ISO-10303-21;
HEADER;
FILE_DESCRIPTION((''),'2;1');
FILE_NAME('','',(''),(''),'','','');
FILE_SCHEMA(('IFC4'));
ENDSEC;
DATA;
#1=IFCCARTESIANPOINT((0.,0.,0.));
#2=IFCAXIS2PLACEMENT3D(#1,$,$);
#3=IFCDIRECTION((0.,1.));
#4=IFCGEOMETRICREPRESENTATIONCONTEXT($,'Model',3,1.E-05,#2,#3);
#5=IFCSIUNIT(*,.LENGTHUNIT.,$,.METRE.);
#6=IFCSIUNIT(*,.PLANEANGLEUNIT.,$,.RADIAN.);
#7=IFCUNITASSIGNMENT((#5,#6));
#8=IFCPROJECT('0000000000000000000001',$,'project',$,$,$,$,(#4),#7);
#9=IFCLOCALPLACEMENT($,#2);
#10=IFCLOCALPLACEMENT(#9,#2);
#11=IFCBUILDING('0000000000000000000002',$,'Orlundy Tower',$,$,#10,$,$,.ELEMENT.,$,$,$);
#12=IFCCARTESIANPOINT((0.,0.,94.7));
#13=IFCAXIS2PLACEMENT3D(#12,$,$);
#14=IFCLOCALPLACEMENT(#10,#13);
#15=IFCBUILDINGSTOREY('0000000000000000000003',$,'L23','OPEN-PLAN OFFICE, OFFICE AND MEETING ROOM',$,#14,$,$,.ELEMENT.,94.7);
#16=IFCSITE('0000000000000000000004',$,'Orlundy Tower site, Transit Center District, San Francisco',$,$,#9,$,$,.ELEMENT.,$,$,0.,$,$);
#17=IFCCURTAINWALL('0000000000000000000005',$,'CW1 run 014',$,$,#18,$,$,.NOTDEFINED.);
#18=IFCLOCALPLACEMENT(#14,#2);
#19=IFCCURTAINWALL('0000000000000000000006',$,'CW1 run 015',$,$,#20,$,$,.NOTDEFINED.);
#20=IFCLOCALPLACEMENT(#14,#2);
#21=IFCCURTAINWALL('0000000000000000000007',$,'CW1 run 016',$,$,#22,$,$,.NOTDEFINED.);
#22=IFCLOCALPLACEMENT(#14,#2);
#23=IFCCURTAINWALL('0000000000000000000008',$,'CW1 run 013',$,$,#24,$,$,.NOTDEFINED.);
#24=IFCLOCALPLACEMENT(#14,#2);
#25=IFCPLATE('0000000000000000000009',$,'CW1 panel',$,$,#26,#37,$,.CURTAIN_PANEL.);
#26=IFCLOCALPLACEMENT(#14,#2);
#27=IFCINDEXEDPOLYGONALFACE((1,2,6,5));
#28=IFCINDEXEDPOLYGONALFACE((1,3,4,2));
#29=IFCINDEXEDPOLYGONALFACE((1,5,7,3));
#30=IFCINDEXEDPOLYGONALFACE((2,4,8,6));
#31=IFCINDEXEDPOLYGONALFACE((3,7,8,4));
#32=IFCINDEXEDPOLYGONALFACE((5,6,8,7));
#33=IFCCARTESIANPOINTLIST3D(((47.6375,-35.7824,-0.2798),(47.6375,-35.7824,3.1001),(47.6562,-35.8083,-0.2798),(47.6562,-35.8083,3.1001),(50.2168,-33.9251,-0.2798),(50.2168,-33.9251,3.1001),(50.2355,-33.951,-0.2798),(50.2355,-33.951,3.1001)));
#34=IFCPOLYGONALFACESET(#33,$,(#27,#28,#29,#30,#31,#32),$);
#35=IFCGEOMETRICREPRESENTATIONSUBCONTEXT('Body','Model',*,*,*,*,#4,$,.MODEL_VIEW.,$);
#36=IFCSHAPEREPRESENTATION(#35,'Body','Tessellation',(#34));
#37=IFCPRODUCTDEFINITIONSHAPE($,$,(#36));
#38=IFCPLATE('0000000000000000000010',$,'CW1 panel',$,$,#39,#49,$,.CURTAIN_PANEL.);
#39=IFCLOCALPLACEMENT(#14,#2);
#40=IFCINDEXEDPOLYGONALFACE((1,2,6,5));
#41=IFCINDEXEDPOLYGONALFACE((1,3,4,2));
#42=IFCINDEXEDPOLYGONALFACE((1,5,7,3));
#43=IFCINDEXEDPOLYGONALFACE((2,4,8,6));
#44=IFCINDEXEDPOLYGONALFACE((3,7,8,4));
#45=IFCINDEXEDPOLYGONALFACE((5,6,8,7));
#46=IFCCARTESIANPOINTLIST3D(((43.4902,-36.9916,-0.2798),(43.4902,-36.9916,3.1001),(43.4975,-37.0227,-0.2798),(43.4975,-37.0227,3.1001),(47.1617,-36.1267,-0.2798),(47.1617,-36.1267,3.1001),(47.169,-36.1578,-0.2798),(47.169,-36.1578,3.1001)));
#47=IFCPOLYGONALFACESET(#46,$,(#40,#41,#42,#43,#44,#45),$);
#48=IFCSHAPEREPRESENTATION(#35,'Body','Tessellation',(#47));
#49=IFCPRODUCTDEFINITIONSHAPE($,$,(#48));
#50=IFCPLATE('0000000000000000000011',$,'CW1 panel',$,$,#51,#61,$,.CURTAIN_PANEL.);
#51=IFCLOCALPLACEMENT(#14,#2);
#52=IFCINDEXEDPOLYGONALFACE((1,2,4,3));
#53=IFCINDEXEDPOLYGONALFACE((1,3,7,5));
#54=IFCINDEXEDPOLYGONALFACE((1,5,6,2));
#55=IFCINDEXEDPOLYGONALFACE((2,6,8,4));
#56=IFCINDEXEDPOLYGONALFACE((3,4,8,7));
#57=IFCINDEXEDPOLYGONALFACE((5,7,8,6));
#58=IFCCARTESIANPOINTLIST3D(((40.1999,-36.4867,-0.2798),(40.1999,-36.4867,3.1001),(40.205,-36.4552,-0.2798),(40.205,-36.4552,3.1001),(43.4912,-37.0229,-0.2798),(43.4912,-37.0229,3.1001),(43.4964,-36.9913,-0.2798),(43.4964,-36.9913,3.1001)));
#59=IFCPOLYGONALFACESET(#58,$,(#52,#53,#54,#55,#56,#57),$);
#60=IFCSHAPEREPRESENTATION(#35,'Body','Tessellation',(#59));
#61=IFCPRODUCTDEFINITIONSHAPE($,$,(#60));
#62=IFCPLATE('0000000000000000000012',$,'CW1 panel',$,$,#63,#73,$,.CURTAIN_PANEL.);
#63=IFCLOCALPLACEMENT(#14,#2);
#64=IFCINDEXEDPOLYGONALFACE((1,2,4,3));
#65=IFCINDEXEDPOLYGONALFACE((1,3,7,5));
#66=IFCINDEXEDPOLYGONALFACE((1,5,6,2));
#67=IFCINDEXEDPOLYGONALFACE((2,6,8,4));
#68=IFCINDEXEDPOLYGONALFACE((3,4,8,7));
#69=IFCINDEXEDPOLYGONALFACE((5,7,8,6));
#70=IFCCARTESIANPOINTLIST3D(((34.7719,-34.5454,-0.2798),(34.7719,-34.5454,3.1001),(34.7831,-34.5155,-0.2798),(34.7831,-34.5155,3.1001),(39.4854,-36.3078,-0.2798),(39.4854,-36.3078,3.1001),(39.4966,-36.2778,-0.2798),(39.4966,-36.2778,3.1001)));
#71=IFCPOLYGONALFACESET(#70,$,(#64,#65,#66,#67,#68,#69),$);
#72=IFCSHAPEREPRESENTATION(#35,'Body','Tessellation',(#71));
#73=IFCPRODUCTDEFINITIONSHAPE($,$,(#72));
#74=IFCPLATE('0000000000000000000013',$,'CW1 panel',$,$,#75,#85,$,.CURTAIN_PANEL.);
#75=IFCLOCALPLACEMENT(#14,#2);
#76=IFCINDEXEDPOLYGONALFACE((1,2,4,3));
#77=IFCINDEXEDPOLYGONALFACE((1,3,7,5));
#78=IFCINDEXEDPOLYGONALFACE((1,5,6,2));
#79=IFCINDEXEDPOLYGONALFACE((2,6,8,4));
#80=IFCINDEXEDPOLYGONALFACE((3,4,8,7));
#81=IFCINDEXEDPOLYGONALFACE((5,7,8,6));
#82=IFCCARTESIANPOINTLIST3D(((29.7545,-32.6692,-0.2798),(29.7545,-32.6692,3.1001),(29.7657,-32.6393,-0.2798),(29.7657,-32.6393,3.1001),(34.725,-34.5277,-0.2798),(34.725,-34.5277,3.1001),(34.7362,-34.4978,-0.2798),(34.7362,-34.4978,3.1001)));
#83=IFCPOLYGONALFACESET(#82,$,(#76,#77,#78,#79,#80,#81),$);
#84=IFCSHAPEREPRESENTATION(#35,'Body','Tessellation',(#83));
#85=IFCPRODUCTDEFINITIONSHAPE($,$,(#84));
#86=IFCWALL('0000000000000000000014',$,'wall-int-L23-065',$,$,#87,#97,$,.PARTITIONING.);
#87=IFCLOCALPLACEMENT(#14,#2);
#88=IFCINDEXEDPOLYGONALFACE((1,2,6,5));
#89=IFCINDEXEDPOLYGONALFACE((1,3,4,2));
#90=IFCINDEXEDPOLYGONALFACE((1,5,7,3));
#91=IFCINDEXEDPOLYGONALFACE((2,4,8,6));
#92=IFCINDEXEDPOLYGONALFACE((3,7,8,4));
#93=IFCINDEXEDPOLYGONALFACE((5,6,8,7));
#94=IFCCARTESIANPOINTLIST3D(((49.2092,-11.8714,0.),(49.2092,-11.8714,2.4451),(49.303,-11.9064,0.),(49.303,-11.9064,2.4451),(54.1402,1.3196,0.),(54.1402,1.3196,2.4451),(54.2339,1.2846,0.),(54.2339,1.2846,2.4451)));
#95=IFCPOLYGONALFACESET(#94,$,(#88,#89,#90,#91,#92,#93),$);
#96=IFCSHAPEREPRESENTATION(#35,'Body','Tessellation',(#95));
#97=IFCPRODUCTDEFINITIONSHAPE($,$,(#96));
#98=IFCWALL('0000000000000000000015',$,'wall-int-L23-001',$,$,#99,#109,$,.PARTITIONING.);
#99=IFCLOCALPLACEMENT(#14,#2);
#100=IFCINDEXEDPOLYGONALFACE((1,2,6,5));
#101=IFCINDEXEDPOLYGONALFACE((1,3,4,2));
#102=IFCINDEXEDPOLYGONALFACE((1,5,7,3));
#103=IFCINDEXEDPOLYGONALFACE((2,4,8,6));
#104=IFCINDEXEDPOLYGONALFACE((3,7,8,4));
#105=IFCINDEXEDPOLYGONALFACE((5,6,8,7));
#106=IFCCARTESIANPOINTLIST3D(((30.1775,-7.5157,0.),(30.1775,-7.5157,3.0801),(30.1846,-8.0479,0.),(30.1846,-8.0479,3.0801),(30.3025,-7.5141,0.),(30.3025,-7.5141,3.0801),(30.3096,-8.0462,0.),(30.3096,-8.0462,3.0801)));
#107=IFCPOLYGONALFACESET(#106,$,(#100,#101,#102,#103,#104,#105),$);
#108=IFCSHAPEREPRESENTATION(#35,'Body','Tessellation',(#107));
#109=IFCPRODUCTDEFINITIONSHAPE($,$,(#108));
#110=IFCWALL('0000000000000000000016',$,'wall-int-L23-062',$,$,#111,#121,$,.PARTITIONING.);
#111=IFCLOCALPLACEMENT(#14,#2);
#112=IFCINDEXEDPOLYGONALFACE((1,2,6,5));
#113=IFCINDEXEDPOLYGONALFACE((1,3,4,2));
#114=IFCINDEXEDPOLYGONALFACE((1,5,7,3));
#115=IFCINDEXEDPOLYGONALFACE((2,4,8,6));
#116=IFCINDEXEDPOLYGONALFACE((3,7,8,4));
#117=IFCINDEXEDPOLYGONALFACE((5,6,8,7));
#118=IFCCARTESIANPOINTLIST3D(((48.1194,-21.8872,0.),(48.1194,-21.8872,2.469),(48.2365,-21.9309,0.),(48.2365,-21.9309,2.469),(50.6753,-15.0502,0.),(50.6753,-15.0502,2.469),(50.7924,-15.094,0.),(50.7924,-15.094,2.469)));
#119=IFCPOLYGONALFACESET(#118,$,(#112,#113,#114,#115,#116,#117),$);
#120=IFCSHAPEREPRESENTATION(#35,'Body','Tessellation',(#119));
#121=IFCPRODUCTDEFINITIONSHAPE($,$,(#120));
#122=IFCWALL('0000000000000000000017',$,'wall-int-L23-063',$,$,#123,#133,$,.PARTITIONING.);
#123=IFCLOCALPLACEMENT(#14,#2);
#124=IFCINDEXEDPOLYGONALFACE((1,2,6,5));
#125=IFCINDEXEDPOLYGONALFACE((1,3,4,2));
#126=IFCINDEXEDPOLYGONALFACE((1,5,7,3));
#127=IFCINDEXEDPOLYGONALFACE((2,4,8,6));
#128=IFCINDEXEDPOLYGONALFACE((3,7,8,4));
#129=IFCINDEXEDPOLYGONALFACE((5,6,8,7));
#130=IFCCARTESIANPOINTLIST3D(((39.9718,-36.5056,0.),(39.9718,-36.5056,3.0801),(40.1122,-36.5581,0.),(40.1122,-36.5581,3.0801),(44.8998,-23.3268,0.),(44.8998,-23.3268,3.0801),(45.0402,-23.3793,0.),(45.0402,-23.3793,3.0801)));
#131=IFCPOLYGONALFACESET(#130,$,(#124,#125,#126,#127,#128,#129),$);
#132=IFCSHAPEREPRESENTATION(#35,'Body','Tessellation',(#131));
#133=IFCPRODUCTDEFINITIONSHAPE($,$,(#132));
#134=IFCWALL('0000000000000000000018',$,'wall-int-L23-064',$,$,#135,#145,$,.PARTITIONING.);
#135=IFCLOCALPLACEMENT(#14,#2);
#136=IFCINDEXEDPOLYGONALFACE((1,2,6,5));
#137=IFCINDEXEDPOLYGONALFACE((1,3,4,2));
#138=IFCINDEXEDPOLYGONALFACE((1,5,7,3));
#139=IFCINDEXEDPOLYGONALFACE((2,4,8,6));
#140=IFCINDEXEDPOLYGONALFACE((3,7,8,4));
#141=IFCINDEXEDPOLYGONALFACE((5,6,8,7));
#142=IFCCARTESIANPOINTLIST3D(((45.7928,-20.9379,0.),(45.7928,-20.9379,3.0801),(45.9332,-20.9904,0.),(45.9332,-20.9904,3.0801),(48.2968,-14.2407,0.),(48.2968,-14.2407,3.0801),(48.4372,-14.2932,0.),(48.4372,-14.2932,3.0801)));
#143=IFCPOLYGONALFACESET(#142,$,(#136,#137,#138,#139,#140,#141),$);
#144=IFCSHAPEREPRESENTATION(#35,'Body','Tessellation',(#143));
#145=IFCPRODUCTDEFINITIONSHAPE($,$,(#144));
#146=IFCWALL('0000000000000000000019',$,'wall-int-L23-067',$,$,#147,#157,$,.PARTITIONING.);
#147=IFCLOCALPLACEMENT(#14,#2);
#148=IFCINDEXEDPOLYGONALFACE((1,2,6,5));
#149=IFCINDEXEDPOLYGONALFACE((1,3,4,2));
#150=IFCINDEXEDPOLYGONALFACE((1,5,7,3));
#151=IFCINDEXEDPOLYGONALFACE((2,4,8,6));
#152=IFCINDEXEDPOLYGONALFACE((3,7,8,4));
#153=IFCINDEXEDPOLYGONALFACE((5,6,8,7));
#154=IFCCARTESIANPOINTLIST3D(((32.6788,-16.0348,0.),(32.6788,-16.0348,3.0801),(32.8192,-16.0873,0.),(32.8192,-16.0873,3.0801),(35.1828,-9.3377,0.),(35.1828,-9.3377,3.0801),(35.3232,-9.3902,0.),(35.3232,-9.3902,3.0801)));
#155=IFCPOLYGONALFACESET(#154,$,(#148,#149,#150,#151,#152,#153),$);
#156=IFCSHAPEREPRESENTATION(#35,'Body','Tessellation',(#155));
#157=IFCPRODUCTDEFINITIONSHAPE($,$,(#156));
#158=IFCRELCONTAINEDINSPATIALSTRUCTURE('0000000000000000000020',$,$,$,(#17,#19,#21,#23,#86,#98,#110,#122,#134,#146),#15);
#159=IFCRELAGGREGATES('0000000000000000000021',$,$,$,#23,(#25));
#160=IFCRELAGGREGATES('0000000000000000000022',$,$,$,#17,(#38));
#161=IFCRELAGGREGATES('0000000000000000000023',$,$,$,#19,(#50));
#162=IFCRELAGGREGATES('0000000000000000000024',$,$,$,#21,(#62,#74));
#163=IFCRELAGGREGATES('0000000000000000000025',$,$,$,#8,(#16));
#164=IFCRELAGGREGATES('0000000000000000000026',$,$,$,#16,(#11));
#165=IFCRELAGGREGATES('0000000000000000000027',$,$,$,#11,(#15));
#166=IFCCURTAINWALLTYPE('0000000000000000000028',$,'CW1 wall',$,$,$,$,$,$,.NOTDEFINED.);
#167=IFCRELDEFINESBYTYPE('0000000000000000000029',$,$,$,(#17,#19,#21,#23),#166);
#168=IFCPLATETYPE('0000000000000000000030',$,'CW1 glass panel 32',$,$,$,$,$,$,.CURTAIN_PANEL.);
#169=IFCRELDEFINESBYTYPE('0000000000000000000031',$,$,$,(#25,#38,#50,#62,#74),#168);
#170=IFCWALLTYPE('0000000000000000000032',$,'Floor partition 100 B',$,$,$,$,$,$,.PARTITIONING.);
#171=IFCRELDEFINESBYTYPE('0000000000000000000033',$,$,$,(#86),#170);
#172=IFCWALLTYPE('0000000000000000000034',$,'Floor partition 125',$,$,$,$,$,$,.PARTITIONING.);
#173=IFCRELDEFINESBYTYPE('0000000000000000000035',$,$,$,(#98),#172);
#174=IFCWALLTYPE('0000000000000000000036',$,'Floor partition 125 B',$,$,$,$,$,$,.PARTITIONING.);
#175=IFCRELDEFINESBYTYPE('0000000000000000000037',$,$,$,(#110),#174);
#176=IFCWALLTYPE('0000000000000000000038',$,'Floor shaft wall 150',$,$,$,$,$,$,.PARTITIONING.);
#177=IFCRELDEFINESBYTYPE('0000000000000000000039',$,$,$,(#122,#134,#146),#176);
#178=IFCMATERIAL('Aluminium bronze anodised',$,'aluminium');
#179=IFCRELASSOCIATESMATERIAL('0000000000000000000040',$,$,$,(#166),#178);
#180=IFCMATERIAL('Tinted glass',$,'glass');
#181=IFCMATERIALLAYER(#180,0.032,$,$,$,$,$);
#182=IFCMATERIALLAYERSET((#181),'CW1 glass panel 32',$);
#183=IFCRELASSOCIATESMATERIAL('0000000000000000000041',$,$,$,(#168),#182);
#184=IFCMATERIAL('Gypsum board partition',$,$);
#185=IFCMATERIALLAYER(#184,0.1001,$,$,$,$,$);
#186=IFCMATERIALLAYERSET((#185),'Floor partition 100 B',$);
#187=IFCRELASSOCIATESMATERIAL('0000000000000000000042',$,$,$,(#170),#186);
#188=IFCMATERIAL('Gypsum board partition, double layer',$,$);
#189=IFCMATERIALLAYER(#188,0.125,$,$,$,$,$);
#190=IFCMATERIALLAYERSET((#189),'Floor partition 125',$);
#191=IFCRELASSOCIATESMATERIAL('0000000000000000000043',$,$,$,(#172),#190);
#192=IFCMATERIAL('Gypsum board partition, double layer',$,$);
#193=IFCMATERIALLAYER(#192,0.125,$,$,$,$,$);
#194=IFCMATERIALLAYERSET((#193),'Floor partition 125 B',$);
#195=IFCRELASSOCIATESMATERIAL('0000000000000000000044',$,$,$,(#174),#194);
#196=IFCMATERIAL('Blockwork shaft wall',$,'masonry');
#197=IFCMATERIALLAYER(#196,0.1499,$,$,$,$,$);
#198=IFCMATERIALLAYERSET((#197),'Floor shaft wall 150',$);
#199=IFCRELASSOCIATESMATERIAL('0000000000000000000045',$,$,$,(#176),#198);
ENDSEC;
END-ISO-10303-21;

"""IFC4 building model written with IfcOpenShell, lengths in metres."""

from ifc_helpers import new_model, si_unit, direction, frame, frame_2d, origin, origin_2d, place, context, subcontext, project, spatial, rectangle, extrude, material, layer, layer_set, type_object, element, aggregate, save


model = new_model("IFC4")

# Units and contexts
model_context = context("Model", 3, precision=1e-05, world=origin(), true_north=direction((0.0, 1.0)))
body_context = subcontext(model_context, "Body", "Model", "MODEL_VIEW")
ifc_project = project(units=[si_unit("LENGTHUNIT", "METRE"), si_unit("PLANEANGLEUNIT", "RADIAN")], contexts=[model_context])

# Site, building, storey
site_placement = place(None, origin())
site = spatial("IfcSite", under=ifc_project, at=site_placement, Name="Orlundy Tower site, Transit Center District, San Francisco", CompositionType="ELEMENT", RefElevation=0.0)
building_placement = place(site_placement, origin())
building = spatial("IfcBuilding", under=site, at=building_placement, Name="Orlundy Tower", CompositionType="ELEMENT")
storey_placement = place(building_placement, frame((0.0, 0.0, 94.7)))
storey = spatial("IfcBuildingStorey", under=building, at=storey_placement, Name="L23", Description="OPEN-PLAN OFFICE, OFFICE AND MEETING ROOM", CompositionType="ELEMENT", Elevation=94.7)

# Curtain walls
ifc_material_1 = material(Name="Aluminium bronze anodised", Category="aluminium")
curtain_wall_type = type_object("IfcCurtainWallType", Name="CW1 wall", PredefinedType="NOTDEFINED", material=ifc_material_1)
curtain_wall_1_placement = place(storey_placement, origin())
curtain_wall_1 = element("IfcCurtainWall", 1, at=curtain_wall_1_placement, inside=storey, type_object=curtain_wall_type, Name="CW1 run 014", PredefinedType="NOTDEFINED")
curtain_wall_2_placement = place(storey_placement, origin())
curtain_wall_2 = element("IfcCurtainWall", 2, at=curtain_wall_2_placement, inside=storey, type_object=curtain_wall_type, Name="CW1 run 015", PredefinedType="NOTDEFINED")
curtain_wall_3_placement = place(storey_placement, origin())
curtain_wall_3 = element("IfcCurtainWall", 3, at=curtain_wall_3_placement, inside=storey, type_object=curtain_wall_type, Name="CW1 run 016", PredefinedType="NOTDEFINED")

# Curtain wall, plate
curtain_wall_4_placement = place(storey_placement, origin())
curtain_wall_4 = element("IfcCurtainWall", 4, at=curtain_wall_4_placement, inside=storey, type_object=curtain_wall_type, Name="CW1 run 013", PredefinedType="NOTDEFINED")
ifc_material_2 = material(Name="Tinted glass", Category="glass")
ifc_layer_1 = layer(ifc_material_2, 0.032)
ifc_layer_set_1 = layer_set([ifc_layer_1], Name="CW1 glass panel 32")
plate_type = type_object("IfcPlateType", Name="CW1 glass panel 32", PredefinedType="CURTAIN_PANEL", material=ifc_layer_set_1)
plate_1_placement = place(storey_placement, frame((48.9365, -34.8667, -0.2798), z_axis=(0.0, 0.0, 1.0), x_axis=(-0.811504, -0.584347, 0.0)))
plate_1 = element("IfcPlate", 5, at=plate_1_placement, type_object=plate_type, Name="CW1 panel", PredefinedType="CURTAIN_PANEL", context=body_context, shape_type="SweptSolid", body=[
    extrude(rectangle(XDim=3.1785, YDim=0.032, at=origin_2d()), origin(), (0.0, 0.0, 1.0), 3.3799),
])
aggregate(curtain_wall_4, [plate_1])

# Plates
plate_2_placement = place(storey_placement, frame((45.3296, -36.5747, -0.2798), z_axis=(0.0, 0.0, 1.0), x_axis=(-0.973353, -0.22931, 0.0)))
plate_2 = element("IfcPlate", 6, at=plate_2_placement, type_object=plate_type, Name="CW1 panel", PredefinedType="CURTAIN_PANEL", context=body_context, shape_type="SweptSolid", body=[
    extrude(rectangle(XDim=3.772, YDim=0.032, at=origin_2d()), origin(), (0.0, 0.0, 1.0), 3.3799),
])
aggregate(curtain_wall_1, [plate_2])
plate_3_placement = place(storey_placement, frame((41.8481, -36.739, -0.2798), z_axis=(0.0, 0.0, 1.0), x_axis=(-0.986992, 0.160767, 0.0)))
plate_3 = element("IfcPlate", 7, at=plate_3_placement, type_object=plate_type, Name="CW1 panel", PredefinedType="CURTAIN_PANEL", context=body_context, shape_type="SweptSolid", body=[
    extrude(rectangle(XDim=3.3347, YDim=0.032, at=origin_2d()), origin(), (0.0, 0.0, 1.0), 3.3799),
])
aggregate(curtain_wall_2, [plate_3])
plate_4_placement = place(storey_placement, frame((37.1343, -35.4116, -0.2798), z_axis=(0.0, 0.0, 1.0), x_axis=(-0.936668, 0.350219, 0.0)))
plate_4 = element("IfcPlate", 8, at=plate_4_placement, type_object=plate_type, Name="CW1 panel", PredefinedType="CURTAIN_PANEL", context=body_context, shape_type="SweptSolid", body=[
    extrude(rectangle(XDim=5.0322, YDim=0.032, at=origin_2d()), origin(), (0.0, 0.0, 1.0), 3.3799),
])
plate_5_placement = place(storey_placement, frame((32.2454, -33.5835, -0.2798), z_axis=(0.0, 0.0, 1.0), x_axis=(-0.936668, 0.350219, 0.0)))
plate_5 = element("IfcPlate", 9, at=plate_5_placement, type_object=plate_type, Name="CW1 panel", PredefinedType="CURTAIN_PANEL", context=body_context, shape_type="SweptSolid", body=[
    extrude(rectangle(XDim=5.3066, YDim=0.032, at=origin_2d()), origin(), (0.0, 0.0, 1.0), 3.3799),
])
aggregate(curtain_wall_3, [plate_4, plate_5])

# Walls
ifc_material_3 = material(Name="Gypsum board partition")
ifc_layer_2 = layer(ifc_material_3, 0.1001)
ifc_layer_set_2 = layer_set([ifc_layer_2], Name="Floor partition 100 B")
wall_type_1 = type_object("IfcWallType", Name="Floor partition 100 B", PredefinedType="PARTITIONING", material=ifc_layer_set_2)
wall_1_placement = place(storey_placement, frame((49.2561, -11.8889, 0.0), z_axis=(0.0, 0.0, 1.0), x_axis=(0.350147, 0.936695, 0.0)))
element("IfcWall", 10, at=wall_1_placement, inside=storey, type_object=wall_type_1, Name="wall-int-L23-065", PredefinedType="PARTITIONING", context=body_context, shape_type="SweptSolid", body=[
    extrude(rectangle(XDim=14.0825, YDim=0.1001, at=frame_2d((7.0413, 0.0))), origin(), (0.0, 0.0, 1.0), 2.4451),
])
ifc_material_4 = material(Name="Gypsum board partition, double layer")
ifc_layer_3 = layer(ifc_material_4, 0.125)
ifc_layer_set_3 = layer_set([ifc_layer_3], Name="Floor partition 125")
wall_type_2 = type_object("IfcWallType", Name="Floor partition 125", PredefinedType="PARTITIONING", material=ifc_layer_set_3)
wall_2_placement = place(storey_placement, frame((30.24, -7.5149, 0.0), z_axis=(0.0, 0.0, 1.0), x_axis=(0.013302, -0.999912, 0.0)))
element("IfcWall", 11, at=wall_2_placement, inside=storey, type_object=wall_type_2, Name="wall-int-L23-001", PredefinedType="PARTITIONING", context=body_context, shape_type="SweptSolid", body=[
    extrude(rectangle(XDim=0.5322, YDim=0.125, at=frame_2d((0.2661, 0.0))), origin(), (0.0, 0.0, 1.0), 3.0801),
])
ifc_material_5 = material(Name="Gypsum board partition, double layer")
ifc_layer_4 = layer(ifc_material_5, 0.125)
ifc_layer_set_4 = layer_set([ifc_layer_4], Name="Floor partition 125 B")
wall_type_3 = type_object("IfcWallType", Name="Floor partition 125 B", PredefinedType="PARTITIONING", material=ifc_layer_set_4)
wall_3_placement = place(storey_placement, frame((48.178, -21.9089, 0.0), z_axis=(0.0, 0.0, 1.0), x_axis=(0.35017, 0.936686, 0.0)))
element("IfcWall", 12, at=wall_3_placement, inside=storey, type_object=wall_type_3, Name="wall-int-L23-062", PredefinedType="PARTITIONING", context=body_context, shape_type="SweptSolid", body=[
    extrude(rectangle(XDim=7.2991, YDim=0.125, at=frame_2d((3.6494, 0.0))), origin(), (0.0, 0.0, 1.0), 2.469),
])
ifc_material_6 = material(Name="Blockwork shaft wall", Category="masonry")
ifc_layer_5 = layer(ifc_material_6, 0.1499)
ifc_layer_set_5 = layer_set([ifc_layer_5], Name="Floor shaft wall 150")
wall_type_4 = type_object("IfcWallType", Name="Floor shaft wall 150", PredefinedType="PARTITIONING", material=ifc_layer_set_5)
wall_4_placement = place(storey_placement, frame((40.042, -36.532, 0.0), z_axis=(0.0, 0.0, 1.0), x_axis=(0.350243, 0.936659, 0.0)))
element("IfcWall", 13, at=wall_4_placement, inside=storey, type_object=wall_type_4, Name="wall-int-L23-063", PredefinedType="PARTITIONING", context=body_context, shape_type="SweptSolid", body=[
    extrude(rectangle(XDim=14.0701, YDim=0.1499, at=frame_2d((7.0352, 0.0))), origin(), (0.0, 0.0, 1.0), 3.0801),
])
for number, where, z_axis, x_axis, name in (
    (14, (45.863, -20.9641, 0.0), (0.0, 0.0, 1.0), (0.350206, 0.936673, 0.0), "wall-int-L23-064"),
    (15, (32.749, -16.061, 0.0), (0.0, 0.0, 1.0), (0.350206, 0.936673, 0.0), "wall-int-L23-067"),
):
    element("IfcWall", number, at=place(storey_placement, frame(where, z_axis=z_axis, x_axis=x_axis)), inside=storey, type_object=wall_type_4, Name=name, PredefinedType="PARTITIONING", context=body_context, shape_type="SweptSolid", body=[
        extrude(rectangle(XDim=7.1499, YDim=0.1499, at=frame_2d((3.575, 0.0))), origin(), (0.0, 0.0, 1.0), 3.0801),
    ])

save(model, "model.ifc")
